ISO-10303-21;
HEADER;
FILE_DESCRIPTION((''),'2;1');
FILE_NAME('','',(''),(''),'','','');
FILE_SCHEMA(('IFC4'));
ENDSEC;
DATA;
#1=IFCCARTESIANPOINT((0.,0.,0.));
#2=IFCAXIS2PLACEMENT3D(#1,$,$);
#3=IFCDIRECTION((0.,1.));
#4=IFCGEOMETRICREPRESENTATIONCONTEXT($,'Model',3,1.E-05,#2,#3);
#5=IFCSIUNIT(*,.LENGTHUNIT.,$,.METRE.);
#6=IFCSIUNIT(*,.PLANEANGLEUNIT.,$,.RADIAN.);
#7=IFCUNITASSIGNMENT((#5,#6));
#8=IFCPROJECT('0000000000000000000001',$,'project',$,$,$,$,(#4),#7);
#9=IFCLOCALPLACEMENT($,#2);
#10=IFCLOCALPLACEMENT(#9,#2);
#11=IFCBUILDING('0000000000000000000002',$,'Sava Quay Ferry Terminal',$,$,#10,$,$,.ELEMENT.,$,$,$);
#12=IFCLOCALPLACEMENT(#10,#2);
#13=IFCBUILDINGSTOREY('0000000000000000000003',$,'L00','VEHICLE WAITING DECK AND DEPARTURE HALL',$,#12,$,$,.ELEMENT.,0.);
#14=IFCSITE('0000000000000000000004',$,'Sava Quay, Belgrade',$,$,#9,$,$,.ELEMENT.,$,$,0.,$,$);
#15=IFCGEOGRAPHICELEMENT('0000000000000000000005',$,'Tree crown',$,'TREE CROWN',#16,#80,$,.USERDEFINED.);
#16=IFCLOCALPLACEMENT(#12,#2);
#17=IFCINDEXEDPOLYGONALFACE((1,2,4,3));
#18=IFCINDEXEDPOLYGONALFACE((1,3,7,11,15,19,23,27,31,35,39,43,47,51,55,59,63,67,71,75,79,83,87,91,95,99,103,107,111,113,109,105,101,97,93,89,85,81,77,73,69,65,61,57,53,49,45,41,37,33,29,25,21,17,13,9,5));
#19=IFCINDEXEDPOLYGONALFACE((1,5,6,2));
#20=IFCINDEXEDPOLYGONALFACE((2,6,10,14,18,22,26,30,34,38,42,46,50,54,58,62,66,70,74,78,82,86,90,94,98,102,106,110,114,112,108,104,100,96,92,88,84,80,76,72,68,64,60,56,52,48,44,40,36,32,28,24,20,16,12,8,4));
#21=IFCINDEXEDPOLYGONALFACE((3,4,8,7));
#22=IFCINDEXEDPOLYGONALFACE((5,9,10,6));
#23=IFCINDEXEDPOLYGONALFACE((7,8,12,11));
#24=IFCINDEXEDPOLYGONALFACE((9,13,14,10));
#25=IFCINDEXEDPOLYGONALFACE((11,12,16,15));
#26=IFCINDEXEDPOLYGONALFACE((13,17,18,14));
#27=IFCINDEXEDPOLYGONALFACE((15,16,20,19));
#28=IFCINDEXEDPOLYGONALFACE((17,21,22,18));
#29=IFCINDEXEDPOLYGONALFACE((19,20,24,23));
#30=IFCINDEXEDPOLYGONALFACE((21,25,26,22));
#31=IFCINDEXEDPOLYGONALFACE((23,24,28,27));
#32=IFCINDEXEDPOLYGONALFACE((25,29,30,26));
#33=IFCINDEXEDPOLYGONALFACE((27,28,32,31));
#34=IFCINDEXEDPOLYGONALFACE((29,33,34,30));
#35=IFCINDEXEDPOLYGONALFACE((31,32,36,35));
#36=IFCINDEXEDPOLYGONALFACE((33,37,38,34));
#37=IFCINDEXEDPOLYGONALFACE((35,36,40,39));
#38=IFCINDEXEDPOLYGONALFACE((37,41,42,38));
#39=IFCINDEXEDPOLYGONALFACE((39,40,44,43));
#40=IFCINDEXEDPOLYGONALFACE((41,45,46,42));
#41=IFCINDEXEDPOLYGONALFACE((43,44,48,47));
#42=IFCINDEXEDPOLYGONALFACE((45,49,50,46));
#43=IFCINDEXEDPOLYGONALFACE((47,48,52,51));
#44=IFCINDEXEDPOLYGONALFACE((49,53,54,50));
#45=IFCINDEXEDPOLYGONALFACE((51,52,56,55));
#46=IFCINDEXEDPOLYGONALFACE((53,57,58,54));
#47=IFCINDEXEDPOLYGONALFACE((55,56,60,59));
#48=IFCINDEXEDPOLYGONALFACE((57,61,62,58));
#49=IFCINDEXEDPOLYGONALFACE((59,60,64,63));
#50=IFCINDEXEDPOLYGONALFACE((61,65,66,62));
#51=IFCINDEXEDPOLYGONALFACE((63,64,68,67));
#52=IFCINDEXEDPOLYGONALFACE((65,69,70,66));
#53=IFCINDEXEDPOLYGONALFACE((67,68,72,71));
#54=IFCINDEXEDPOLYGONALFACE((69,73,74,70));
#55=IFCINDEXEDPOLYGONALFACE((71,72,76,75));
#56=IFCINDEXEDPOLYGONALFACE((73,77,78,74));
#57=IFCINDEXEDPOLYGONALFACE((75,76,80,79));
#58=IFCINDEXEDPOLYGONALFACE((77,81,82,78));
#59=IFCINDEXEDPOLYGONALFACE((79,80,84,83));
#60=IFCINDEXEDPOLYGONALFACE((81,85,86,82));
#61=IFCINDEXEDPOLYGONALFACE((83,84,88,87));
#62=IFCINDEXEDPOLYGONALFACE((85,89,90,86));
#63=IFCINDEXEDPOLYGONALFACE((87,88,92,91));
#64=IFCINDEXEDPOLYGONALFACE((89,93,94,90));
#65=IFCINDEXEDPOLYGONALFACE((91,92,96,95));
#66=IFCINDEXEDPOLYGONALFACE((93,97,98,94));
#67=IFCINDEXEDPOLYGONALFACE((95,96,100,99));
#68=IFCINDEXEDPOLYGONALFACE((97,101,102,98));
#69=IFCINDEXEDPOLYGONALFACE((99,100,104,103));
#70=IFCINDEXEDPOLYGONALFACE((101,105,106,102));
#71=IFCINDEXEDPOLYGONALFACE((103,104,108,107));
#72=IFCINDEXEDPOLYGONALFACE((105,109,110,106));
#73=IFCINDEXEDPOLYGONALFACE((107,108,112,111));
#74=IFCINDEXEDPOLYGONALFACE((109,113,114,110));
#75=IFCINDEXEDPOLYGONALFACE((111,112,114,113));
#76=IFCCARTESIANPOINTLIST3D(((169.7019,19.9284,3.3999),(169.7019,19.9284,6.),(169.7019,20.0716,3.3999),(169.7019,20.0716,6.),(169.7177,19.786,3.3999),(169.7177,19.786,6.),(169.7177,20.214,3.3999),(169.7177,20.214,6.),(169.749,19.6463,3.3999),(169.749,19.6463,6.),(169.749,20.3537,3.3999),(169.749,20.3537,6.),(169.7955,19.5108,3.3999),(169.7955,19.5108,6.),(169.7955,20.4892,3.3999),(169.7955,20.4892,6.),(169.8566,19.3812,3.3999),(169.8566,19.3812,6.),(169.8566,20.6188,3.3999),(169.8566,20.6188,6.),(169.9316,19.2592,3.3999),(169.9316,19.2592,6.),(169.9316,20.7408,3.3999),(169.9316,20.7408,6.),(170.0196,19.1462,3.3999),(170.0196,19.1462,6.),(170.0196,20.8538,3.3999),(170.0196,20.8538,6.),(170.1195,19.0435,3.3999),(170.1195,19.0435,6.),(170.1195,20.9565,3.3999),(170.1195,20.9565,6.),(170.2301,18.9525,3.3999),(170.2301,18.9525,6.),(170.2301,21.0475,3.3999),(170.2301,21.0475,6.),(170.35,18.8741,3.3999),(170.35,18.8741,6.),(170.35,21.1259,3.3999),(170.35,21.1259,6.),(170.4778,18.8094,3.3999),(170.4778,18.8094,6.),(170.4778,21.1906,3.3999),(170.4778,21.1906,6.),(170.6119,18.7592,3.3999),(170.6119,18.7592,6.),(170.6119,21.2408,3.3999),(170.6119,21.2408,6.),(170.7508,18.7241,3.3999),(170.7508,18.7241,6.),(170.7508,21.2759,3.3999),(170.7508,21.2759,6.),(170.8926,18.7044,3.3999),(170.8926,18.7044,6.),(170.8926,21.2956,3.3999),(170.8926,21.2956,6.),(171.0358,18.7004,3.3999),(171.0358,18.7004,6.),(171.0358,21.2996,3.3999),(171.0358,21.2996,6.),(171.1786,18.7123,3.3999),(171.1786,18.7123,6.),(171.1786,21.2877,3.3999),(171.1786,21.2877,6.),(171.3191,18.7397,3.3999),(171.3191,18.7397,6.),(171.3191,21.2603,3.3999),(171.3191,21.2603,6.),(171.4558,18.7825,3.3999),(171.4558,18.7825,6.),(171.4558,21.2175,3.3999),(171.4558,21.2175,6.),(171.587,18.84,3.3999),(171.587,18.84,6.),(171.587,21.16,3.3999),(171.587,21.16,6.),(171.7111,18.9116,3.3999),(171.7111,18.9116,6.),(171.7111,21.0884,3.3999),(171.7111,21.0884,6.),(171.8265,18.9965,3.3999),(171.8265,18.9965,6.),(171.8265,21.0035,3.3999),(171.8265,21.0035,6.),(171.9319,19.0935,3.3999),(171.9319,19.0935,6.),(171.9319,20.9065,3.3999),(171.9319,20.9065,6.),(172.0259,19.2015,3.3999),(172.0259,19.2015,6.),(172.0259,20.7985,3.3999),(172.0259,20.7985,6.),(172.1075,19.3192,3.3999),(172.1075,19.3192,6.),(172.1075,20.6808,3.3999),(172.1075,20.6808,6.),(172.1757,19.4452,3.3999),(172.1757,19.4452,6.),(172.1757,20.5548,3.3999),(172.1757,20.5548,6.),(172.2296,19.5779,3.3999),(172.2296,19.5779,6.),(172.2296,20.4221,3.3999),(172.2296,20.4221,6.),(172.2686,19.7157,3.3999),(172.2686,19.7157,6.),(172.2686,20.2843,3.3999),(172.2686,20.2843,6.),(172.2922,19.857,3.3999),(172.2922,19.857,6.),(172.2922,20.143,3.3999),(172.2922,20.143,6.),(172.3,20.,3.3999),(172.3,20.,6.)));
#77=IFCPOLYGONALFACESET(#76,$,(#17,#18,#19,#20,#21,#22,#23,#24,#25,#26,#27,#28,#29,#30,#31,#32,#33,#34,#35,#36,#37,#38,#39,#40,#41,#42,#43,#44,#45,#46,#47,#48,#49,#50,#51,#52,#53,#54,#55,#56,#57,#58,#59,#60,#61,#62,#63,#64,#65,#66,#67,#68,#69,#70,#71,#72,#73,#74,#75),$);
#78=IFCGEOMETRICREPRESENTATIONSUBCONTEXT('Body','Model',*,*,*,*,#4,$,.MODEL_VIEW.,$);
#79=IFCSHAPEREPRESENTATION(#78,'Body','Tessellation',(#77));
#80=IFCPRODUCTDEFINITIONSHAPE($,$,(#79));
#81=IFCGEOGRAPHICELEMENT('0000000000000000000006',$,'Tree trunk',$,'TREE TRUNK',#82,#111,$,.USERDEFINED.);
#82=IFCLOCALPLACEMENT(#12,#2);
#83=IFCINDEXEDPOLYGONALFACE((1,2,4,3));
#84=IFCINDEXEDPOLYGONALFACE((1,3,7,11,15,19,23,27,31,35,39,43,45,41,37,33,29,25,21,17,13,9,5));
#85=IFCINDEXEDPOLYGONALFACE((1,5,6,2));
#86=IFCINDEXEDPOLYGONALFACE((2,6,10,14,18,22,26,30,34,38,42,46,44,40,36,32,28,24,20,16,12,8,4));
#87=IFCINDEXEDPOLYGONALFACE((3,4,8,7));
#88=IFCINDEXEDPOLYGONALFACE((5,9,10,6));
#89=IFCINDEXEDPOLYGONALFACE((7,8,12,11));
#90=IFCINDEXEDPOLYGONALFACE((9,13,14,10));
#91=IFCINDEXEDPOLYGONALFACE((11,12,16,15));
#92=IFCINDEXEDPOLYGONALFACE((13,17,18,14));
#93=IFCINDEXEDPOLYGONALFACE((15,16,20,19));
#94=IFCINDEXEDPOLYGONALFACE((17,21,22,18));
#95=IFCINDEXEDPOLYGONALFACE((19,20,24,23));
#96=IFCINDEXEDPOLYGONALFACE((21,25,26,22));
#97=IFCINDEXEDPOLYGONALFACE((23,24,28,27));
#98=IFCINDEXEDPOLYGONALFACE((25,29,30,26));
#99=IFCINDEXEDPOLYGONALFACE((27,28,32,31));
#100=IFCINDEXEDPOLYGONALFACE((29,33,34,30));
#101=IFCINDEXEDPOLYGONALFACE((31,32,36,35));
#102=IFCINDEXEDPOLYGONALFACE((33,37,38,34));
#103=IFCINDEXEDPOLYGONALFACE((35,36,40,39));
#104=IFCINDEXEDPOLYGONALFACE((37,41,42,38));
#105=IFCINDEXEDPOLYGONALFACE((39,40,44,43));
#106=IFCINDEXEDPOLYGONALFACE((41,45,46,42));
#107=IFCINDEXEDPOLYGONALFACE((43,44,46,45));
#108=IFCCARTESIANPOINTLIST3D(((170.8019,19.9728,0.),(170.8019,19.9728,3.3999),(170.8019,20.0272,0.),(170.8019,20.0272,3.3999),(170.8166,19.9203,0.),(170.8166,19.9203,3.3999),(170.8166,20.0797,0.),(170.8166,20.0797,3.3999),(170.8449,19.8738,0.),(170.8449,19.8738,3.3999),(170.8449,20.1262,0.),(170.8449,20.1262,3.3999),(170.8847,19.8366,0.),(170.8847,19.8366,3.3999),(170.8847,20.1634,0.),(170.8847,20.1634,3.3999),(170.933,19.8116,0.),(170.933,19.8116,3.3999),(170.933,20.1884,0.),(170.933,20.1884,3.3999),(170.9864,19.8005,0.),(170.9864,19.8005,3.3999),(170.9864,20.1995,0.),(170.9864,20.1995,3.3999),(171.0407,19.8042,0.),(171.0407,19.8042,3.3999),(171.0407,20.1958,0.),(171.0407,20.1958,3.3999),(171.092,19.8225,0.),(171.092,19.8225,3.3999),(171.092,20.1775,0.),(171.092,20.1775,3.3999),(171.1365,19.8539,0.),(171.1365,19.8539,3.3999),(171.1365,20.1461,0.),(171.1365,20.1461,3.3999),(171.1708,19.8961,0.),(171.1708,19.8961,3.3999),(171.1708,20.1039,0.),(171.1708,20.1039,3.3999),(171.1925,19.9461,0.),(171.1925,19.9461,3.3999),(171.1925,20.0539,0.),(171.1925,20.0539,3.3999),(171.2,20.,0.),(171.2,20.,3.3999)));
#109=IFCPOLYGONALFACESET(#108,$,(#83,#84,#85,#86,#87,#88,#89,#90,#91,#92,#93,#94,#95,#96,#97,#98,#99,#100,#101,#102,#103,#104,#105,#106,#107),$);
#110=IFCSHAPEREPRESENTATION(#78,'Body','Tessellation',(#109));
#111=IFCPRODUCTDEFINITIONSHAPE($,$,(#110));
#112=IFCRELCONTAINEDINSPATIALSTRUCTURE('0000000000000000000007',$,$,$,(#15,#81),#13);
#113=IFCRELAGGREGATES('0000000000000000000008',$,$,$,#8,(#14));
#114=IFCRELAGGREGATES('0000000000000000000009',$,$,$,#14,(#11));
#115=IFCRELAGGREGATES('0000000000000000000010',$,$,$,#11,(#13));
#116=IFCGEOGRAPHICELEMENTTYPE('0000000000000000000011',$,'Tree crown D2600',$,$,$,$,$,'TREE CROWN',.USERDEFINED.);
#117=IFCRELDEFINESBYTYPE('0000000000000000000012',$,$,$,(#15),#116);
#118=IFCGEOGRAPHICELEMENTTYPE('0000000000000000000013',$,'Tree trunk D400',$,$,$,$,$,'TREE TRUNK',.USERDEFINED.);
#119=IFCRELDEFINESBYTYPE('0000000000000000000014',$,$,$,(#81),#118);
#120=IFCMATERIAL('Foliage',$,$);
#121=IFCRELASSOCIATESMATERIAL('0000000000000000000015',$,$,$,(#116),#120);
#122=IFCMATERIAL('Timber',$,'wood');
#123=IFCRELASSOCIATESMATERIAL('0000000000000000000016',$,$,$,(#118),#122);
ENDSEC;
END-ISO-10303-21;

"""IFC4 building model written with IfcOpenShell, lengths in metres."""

from ifc_helpers import new_model, si_unit, direction, frame, origin, origin_2d, place, context, subcontext, project, spatial, circle, extrude, material, type_object, element, save


model = new_model("IFC4")

# Units and contexts
model_context = context("Model", 3, precision=1e-05, world=origin(), true_north=direction((0.0, 1.0)))
body_context = subcontext(model_context, "Body", "Model", "MODEL_VIEW")
ifc_project = project(units=[si_unit("LENGTHUNIT", "METRE"), si_unit("PLANEANGLEUNIT", "RADIAN")], contexts=[model_context])

# Site, building, storey
site_placement = place(None, origin())
site = spatial("IfcSite", under=ifc_project, at=site_placement, Name="Sava Quay, Belgrade", CompositionType="ELEMENT", RefElevation=0.0)
building_placement = place(site_placement, origin())
building = spatial("IfcBuilding", under=site, at=building_placement, Name="Sava Quay Ferry Terminal", CompositionType="ELEMENT")
storey_placement = place(building_placement, origin())
storey = spatial("IfcBuildingStorey", under=building, at=storey_placement, Name="L00", Description="VEHICLE WAITING DECK AND DEPARTURE HALL", CompositionType="ELEMENT", Elevation=0.0)

# Geographic elements
ifc_material_1 = material(Name="Foliage")
geographic_element_type_1 = type_object("IfcGeographicElementType", Name="Tree crown D2600", ElementType="TREE CROWN", PredefinedType="USERDEFINED", material=ifc_material_1)
geographic_element_1_placement = place(storey_placement, frame((171.0, 20.0, 6.0), z_axis=(0.0, 0.0, -1.0), x_axis=(1.0, 0.0, 0.0)))
element("IfcGeographicElement", 1, at=geographic_element_1_placement, inside=storey, type_object=geographic_element_type_1, Name="Tree crown", ObjectType="TREE CROWN", PredefinedType="USERDEFINED", context=body_context, shape_type="SweptSolid", body=[
    extrude(circle(Radius=1.3, at=origin_2d()), origin(), (0.0, 0.0, 1.0), 2.6001),
])
ifc_material_2 = material(Name="Timber", Category="wood")
geographic_element_type_2 = type_object("IfcGeographicElementType", Name="Tree trunk D400", ElementType="TREE TRUNK", PredefinedType="USERDEFINED", material=ifc_material_2)
geographic_element_2_placement = place(storey_placement, frame((171.0, 20.0, 3.3999), z_axis=(0.0, 0.0, -1.0), x_axis=(1.0, 0.0, 0.0)))
element("IfcGeographicElement", 2, at=geographic_element_2_placement, inside=storey, type_object=geographic_element_type_2, Name="Tree trunk", ObjectType="TREE TRUNK", PredefinedType="USERDEFINED", context=body_context, shape_type="SweptSolid", body=[
    extrude(circle(Radius=0.2, at=origin_2d()), origin(), (0.0, 0.0, 1.0), 3.3999),
])

save(model, "model.ifc")
